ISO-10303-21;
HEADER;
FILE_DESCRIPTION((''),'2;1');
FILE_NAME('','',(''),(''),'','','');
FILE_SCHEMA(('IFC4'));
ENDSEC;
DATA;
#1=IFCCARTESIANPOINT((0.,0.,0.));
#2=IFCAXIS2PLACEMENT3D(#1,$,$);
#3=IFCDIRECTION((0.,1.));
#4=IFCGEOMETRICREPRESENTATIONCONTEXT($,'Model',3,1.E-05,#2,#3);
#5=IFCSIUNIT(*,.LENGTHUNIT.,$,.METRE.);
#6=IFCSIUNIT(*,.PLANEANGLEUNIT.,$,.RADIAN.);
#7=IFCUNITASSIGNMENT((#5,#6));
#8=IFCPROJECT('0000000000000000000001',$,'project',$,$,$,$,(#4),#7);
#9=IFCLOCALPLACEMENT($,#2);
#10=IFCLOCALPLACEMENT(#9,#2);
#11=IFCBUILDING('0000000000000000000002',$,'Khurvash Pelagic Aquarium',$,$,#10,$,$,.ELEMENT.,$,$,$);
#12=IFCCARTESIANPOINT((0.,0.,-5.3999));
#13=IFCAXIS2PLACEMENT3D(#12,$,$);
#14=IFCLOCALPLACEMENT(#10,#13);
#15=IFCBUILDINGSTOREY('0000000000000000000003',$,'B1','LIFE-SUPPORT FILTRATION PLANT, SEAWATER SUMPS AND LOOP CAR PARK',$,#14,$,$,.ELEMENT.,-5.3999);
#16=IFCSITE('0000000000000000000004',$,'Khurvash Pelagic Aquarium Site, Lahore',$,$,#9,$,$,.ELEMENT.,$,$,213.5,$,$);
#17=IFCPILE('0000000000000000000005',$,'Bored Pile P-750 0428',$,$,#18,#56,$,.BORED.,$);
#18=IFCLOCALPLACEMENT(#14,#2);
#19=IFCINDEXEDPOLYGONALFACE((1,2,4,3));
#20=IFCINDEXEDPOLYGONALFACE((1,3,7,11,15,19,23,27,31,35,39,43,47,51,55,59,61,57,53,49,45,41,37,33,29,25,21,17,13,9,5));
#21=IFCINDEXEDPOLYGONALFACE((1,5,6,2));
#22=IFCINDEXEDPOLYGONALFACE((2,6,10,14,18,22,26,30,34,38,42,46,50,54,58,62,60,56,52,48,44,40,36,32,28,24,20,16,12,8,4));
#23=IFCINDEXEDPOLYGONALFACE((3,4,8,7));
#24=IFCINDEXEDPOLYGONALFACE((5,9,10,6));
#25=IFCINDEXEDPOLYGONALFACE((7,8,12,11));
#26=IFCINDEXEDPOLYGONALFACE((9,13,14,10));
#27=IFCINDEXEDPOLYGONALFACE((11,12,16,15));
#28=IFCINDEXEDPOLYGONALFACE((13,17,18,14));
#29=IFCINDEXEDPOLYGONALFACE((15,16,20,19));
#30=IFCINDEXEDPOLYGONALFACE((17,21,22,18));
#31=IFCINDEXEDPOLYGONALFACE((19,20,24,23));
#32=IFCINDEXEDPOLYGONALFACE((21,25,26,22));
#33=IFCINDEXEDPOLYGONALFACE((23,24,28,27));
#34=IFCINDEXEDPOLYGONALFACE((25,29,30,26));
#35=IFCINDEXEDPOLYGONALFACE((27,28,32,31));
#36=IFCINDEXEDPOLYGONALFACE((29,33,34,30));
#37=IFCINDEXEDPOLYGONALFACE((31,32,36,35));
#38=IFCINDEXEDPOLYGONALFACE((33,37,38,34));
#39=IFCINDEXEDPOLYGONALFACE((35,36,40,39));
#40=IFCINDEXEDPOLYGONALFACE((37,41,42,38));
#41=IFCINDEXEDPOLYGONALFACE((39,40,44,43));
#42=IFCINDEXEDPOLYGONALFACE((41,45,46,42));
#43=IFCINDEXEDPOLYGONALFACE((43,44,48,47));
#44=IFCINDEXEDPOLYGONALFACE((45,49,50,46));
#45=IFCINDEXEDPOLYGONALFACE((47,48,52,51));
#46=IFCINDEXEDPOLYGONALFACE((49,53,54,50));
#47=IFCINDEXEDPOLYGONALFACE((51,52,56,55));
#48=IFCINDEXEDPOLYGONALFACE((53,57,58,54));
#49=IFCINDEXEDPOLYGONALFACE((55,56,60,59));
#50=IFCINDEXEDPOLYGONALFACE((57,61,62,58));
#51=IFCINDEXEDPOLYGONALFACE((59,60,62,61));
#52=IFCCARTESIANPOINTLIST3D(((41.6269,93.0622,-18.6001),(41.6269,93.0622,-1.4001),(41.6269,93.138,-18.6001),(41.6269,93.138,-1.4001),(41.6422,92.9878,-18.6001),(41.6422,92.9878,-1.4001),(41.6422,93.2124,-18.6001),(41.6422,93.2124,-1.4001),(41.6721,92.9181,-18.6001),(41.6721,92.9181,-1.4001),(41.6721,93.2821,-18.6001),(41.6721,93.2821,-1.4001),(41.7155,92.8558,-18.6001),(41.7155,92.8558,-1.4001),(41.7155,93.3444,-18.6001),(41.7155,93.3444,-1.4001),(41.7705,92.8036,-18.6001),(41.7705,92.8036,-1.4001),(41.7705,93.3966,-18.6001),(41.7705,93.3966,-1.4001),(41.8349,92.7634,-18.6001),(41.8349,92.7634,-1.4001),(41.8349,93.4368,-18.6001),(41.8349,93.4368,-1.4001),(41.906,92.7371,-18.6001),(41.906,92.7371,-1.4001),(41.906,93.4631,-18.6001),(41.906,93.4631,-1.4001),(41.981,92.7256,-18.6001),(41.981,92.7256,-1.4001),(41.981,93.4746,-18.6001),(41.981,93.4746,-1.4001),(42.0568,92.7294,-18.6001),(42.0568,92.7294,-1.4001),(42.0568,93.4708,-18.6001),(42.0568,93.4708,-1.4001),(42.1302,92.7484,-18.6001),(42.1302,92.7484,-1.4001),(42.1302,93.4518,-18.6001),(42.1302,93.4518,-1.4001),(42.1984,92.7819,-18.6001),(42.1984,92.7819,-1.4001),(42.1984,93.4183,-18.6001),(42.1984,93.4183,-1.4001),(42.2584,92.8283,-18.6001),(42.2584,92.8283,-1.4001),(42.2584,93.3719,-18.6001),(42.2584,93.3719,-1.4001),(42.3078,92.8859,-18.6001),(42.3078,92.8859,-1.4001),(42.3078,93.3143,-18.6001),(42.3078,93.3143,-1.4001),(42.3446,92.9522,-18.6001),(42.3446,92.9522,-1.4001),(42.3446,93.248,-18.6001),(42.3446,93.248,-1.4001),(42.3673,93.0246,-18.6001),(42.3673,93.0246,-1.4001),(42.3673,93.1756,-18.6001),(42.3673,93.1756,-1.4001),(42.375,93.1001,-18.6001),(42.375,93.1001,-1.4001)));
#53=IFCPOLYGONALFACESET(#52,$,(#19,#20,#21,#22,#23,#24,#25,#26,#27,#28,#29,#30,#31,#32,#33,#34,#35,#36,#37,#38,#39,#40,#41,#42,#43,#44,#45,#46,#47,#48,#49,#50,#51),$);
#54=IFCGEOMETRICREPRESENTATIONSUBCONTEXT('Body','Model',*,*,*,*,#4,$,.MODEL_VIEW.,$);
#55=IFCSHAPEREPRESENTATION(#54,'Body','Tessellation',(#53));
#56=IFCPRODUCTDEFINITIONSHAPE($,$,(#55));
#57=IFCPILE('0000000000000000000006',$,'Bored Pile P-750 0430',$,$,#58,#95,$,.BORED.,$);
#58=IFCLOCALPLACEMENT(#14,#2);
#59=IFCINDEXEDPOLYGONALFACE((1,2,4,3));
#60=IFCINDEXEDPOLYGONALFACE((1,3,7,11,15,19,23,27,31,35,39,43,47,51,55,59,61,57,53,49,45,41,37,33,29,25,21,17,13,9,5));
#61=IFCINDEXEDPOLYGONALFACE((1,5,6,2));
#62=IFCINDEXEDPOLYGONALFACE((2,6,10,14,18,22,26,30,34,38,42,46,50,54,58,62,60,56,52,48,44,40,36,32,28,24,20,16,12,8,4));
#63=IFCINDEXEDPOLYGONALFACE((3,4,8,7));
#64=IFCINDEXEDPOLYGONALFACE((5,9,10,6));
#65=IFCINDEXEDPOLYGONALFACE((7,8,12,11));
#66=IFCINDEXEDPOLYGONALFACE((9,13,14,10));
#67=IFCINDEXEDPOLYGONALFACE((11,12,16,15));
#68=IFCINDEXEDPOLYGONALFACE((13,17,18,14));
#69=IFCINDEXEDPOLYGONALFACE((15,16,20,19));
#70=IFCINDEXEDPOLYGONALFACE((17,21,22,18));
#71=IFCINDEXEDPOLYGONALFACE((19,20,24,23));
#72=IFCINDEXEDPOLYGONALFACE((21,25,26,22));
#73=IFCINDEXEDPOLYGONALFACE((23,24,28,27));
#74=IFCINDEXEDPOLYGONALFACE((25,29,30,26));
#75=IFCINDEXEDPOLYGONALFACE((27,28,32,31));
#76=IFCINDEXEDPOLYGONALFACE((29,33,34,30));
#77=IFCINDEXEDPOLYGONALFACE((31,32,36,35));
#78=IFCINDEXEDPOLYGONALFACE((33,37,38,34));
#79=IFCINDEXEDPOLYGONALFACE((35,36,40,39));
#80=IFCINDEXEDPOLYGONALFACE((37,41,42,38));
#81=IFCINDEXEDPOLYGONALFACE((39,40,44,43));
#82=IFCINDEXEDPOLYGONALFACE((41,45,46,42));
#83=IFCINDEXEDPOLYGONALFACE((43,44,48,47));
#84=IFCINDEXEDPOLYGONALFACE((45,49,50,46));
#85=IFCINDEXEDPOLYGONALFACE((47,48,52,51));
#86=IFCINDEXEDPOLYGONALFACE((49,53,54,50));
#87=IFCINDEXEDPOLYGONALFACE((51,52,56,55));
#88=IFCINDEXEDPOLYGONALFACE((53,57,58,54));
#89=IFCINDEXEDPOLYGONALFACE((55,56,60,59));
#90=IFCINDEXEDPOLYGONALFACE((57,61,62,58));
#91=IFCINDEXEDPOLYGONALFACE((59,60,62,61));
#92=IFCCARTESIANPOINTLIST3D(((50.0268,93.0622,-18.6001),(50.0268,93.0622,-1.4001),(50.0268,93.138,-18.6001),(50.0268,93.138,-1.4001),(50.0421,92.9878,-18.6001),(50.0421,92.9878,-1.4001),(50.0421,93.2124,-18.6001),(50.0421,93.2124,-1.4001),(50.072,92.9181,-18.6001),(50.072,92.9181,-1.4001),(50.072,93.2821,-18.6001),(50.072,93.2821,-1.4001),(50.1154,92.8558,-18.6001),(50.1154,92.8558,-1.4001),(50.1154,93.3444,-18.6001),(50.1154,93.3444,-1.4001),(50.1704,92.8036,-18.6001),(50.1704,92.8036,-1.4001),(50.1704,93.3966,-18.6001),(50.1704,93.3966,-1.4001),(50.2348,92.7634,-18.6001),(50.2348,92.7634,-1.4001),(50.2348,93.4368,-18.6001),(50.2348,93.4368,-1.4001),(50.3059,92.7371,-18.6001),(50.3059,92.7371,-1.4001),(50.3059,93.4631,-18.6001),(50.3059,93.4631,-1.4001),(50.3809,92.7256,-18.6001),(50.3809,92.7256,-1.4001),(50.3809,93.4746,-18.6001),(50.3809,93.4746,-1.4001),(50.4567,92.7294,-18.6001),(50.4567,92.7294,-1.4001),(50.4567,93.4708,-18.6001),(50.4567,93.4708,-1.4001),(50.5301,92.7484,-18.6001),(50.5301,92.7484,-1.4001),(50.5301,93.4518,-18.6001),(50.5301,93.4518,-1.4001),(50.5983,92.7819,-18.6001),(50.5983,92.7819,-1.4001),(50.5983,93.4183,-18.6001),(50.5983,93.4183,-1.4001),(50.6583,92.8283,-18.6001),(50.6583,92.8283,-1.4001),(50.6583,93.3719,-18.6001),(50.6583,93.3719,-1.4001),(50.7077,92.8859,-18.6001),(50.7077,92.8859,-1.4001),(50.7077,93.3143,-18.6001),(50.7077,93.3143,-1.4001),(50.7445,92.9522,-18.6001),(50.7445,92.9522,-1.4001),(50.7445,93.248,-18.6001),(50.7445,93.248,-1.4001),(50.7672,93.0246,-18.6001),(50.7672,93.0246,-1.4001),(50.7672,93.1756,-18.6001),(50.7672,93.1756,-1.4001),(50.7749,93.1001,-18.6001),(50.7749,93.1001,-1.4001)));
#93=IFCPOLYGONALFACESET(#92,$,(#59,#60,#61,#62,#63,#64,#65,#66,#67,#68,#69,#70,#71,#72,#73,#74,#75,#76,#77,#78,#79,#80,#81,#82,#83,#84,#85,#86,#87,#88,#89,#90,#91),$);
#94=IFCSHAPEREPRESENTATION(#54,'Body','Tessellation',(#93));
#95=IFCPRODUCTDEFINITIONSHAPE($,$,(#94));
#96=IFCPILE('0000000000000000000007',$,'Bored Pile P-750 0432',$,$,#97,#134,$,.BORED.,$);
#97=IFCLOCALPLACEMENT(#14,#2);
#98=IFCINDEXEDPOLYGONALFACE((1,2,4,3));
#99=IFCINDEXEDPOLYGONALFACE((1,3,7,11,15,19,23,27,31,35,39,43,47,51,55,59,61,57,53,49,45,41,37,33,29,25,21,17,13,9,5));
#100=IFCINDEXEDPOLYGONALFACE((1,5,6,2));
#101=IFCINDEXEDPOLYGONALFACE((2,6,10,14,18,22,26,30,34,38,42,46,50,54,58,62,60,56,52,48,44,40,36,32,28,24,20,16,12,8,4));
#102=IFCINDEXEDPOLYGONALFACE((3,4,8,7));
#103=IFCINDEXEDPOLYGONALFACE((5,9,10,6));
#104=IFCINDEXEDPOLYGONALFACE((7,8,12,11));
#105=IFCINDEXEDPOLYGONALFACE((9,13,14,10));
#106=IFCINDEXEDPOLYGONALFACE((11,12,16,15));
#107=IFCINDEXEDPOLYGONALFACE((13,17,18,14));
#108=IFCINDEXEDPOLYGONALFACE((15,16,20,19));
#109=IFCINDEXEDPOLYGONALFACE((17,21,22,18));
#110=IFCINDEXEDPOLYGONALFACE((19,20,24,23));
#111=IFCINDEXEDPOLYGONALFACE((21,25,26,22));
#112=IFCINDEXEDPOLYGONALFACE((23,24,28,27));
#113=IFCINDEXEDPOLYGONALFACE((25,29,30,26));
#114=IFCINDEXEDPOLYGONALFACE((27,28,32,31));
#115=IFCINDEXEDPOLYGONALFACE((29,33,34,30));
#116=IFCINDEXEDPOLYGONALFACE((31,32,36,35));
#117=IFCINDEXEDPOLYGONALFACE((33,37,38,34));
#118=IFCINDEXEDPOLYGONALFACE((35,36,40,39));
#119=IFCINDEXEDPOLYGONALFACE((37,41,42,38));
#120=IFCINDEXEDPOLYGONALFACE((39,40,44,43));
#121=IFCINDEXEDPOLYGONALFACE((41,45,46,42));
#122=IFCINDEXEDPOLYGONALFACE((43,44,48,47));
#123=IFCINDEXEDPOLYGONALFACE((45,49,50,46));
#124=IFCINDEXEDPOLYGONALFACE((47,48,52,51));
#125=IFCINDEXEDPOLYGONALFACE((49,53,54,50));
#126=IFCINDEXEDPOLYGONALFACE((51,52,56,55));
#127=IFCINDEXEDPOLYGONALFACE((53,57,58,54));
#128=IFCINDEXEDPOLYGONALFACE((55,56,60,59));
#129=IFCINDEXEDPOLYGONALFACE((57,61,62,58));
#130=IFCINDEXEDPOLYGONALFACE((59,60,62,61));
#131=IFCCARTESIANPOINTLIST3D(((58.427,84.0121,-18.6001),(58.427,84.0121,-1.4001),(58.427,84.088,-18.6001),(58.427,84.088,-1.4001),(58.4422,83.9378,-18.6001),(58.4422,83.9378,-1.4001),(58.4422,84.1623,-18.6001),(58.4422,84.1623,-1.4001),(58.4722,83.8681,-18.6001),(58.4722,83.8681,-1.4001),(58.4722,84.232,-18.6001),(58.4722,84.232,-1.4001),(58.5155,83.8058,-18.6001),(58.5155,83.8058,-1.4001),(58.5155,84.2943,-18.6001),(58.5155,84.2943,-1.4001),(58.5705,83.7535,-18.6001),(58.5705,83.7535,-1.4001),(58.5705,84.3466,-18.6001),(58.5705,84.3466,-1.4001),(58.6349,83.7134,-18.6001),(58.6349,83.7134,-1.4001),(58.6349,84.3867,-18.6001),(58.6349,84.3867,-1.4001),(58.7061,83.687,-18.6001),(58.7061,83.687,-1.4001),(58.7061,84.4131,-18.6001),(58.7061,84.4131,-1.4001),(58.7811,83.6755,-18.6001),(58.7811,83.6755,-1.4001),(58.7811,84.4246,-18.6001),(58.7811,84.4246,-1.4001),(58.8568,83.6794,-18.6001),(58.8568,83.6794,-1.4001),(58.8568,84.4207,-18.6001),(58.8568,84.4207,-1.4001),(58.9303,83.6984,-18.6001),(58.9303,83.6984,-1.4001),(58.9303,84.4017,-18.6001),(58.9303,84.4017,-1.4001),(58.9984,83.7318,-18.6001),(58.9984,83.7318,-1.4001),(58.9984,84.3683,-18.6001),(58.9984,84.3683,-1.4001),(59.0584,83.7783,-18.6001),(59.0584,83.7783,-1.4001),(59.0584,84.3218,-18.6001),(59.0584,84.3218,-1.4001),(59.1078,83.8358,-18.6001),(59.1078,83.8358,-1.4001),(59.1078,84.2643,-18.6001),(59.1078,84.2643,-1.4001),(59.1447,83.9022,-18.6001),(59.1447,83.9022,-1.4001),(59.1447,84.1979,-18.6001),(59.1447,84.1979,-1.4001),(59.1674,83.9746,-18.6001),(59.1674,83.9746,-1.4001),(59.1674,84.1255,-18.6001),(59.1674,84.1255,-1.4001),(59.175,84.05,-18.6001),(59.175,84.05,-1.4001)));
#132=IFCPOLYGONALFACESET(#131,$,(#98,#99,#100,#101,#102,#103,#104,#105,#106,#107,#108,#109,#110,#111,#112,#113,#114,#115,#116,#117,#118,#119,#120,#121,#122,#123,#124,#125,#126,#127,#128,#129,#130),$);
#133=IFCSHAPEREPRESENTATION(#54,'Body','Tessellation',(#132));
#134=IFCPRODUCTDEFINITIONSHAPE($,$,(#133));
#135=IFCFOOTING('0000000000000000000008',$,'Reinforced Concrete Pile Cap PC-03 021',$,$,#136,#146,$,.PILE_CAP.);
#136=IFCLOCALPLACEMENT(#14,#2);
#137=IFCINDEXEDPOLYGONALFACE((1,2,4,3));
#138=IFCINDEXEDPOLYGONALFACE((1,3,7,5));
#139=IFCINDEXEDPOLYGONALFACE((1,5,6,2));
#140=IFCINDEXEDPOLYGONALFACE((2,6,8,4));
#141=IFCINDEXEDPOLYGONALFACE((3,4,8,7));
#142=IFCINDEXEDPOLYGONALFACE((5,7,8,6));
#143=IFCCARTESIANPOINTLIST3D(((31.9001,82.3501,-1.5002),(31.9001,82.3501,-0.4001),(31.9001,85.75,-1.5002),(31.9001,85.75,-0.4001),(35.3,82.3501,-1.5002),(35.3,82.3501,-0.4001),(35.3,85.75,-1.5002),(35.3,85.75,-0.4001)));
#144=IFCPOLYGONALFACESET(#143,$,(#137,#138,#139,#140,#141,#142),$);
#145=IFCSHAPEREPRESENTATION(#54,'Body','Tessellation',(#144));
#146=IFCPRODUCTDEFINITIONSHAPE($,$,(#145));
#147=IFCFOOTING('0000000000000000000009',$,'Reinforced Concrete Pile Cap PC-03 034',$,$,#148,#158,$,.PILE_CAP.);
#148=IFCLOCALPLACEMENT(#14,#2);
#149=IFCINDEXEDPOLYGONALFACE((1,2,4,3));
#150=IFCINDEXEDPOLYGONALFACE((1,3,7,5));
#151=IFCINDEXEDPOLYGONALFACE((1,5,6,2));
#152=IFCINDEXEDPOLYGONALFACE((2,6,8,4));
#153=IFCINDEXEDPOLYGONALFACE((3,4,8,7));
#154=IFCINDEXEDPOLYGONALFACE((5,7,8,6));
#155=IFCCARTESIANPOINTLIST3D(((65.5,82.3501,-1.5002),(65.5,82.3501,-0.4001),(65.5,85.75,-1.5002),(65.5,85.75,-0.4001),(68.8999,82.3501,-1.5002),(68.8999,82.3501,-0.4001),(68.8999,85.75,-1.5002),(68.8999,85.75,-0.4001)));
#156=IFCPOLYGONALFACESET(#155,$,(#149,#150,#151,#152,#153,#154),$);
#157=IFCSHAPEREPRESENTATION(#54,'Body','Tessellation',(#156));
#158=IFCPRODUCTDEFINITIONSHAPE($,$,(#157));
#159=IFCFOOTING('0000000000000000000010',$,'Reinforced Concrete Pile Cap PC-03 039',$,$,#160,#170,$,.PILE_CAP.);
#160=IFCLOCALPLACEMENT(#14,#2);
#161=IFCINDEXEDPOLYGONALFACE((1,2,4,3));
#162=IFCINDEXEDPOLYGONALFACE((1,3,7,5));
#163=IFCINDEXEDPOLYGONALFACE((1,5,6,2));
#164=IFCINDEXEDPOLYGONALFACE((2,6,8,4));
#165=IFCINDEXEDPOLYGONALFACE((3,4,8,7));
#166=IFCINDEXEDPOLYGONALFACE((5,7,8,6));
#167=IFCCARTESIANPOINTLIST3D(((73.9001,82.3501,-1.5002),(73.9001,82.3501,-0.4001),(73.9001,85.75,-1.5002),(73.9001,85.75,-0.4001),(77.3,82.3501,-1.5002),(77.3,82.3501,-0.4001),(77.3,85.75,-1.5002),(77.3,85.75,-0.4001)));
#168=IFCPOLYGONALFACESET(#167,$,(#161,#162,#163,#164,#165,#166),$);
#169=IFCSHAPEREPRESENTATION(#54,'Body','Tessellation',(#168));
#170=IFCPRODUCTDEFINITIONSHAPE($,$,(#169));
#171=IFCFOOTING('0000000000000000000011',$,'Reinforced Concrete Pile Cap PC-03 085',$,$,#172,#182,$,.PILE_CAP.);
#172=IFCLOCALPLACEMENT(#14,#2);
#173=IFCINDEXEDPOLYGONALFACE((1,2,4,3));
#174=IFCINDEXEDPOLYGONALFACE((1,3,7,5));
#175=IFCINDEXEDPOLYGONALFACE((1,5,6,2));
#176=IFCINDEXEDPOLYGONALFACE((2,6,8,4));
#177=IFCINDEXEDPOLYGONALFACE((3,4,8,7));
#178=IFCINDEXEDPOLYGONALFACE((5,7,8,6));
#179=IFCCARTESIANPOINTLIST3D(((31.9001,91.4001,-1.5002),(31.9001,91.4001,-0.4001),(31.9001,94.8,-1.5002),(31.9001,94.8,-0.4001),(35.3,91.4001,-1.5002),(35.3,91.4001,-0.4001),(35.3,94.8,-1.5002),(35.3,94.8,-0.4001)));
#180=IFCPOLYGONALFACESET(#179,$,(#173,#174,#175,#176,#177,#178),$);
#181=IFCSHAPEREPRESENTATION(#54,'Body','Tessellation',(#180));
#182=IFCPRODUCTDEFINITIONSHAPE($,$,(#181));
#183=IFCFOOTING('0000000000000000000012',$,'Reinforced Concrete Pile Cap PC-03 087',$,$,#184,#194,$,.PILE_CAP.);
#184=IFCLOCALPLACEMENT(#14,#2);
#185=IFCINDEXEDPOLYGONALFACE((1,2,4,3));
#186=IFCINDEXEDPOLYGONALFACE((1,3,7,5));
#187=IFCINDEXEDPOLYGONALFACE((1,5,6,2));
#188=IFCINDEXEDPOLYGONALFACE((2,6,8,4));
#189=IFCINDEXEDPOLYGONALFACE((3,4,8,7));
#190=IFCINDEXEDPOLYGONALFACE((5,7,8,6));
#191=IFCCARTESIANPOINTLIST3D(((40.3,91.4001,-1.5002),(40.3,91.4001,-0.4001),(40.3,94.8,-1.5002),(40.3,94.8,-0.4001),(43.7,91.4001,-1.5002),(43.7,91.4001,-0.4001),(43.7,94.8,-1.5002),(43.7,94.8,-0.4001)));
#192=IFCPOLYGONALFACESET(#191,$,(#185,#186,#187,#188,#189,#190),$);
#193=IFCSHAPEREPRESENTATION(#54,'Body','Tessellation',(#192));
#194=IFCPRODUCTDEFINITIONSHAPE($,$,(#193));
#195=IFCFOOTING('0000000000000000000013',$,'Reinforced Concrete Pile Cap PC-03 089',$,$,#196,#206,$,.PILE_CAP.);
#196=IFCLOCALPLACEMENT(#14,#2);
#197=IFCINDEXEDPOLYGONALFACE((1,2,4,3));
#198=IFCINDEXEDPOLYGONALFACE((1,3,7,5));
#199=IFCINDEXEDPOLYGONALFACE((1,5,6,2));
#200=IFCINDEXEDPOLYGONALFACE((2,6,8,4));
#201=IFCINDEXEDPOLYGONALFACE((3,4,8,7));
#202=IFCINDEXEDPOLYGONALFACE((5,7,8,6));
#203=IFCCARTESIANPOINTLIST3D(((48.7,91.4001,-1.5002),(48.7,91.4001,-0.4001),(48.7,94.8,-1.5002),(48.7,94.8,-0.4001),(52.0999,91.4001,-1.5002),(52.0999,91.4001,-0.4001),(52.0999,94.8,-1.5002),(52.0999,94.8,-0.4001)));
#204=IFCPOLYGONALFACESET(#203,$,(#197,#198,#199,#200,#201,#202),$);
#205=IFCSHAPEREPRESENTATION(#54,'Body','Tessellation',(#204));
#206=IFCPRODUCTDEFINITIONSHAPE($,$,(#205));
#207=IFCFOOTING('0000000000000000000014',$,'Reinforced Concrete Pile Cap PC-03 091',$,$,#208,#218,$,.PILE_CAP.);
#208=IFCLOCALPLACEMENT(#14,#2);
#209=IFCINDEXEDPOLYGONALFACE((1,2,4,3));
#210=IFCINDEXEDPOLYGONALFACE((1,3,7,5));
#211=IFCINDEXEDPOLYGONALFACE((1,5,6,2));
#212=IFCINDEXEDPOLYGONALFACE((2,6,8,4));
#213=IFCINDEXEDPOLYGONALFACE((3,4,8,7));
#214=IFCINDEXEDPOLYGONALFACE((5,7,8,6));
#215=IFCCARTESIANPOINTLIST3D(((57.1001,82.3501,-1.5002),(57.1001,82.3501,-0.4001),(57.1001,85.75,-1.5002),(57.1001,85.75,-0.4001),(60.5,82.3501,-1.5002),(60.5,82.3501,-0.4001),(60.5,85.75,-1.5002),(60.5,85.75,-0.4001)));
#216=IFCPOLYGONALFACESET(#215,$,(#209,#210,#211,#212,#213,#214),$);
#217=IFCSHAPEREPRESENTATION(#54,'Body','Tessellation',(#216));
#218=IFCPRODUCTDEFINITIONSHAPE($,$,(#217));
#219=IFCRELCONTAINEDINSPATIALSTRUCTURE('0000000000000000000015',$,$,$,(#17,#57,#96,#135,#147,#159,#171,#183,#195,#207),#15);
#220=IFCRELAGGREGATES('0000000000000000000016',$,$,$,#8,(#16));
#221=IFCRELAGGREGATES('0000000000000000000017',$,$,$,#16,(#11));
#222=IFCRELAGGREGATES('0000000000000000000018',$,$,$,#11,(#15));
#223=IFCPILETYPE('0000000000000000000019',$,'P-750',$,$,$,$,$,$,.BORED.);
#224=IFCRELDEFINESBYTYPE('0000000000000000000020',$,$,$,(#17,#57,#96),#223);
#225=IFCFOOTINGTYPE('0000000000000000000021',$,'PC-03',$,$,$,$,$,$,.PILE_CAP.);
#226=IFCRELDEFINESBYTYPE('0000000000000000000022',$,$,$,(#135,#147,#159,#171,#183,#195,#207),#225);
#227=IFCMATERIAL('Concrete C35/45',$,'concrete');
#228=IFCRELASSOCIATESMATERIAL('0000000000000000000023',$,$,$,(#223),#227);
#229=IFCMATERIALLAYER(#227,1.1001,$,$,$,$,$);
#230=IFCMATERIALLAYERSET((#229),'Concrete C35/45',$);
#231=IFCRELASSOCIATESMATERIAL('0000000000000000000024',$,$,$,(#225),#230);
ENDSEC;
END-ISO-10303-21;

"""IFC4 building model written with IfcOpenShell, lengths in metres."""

from ifc_helpers import new_model, si_unit, direction, frame, origin, origin_2d, place, context, subcontext, project, spatial, rectangle, circle, extrude, material, layer, layer_set, material_profile, profile_set, type_object, element, save


model = new_model("IFC4")

# Units and contexts
model_context = context("Model", 3, precision=1e-05, world=origin(), true_north=direction((0.0, 1.0)))
body_context = subcontext(model_context, "Body", "Model", "MODEL_VIEW")
ifc_project = project(units=[si_unit("LENGTHUNIT", "METRE"), si_unit("PLANEANGLEUNIT", "RADIAN")], contexts=[model_context])

# Site, building, storey
site_placement = place(None, origin())
site = spatial("IfcSite", under=ifc_project, at=site_placement, Name="Khurvash Pelagic Aquarium Site, Lahore", CompositionType="ELEMENT", RefElevation=213.5)
building_placement = place(site_placement, origin())
building = spatial("IfcBuilding", under=site, at=building_placement, Name="Khurvash Pelagic Aquarium", CompositionType="ELEMENT")
storey_placement = place(building_placement, frame((0.0, 0.0, -5.3999)))
storey = spatial("IfcBuildingStorey", under=building, at=storey_placement, Name="B1", Description="LIFE-SUPPORT FILTRATION PLANT, SEAWATER SUMPS AND LOOP CAR PARK", CompositionType="ELEMENT", Elevation=-5.3999)

# Shared definitions
ifc_material_1 = material(Name="Concrete C35/45", Category="concrete")

# Piles
ifc_material_profile_1 = material_profile(ifc_material_1, circle(Radius=0.375, at=origin_2d()), Name="PILE750")
ifc_profile_set_1 = profile_set([ifc_material_profile_1], Name="Concrete C35/45")
pile_type = type_object("IfcPileType", Name="P-750", PredefinedType="BORED", material=ifc_profile_set_1)
for number, where, z_axis, x_axis, name in (
    (1, (42.0, 93.1001, -1.4001), (0.0, 0.0, -1.0), (1.0, 0.0, 0.0), "Bored Pile P-750 0428"),
    (2, (50.3999, 93.1001, -1.4001), (0.0, 0.0, -1.0), (1.0, 0.0, 0.0), "Bored Pile P-750 0430"),
    (3, (58.8, 84.05, -1.4001), (0.0, 0.0, -1.0), (1.0, 0.0, 0.0), "Bored Pile P-750 0432"),
):
    element("IfcPile", number, at=place(storey_placement, frame(where, z_axis=z_axis, x_axis=x_axis)), inside=storey, type_object=pile_type, Name=name, PredefinedType="BORED", context=body_context, shape_type="SweptSolid", body=[
        extrude(circle(Radius=0.375, at=origin_2d()), origin(), (0.0, 0.0, 1.0), 17.2),
    ])

# Footings
ifc_layer_1 = layer(ifc_material_1, 1.1001)
ifc_layer_set_1 = layer_set([ifc_layer_1], Name="Concrete C35/45")
footing_type_1 = type_object("IfcFootingType", Name="PC-03", PredefinedType="PILE_CAP", material=ifc_layer_set_1)
for number, where, z_axis, x_axis, name in (
    (4, (33.6001, 84.05, -1.5002), (0.0, 0.0, 1.0), (1.0, 0.0, 0.0), "Reinforced Concrete Pile Cap PC-03 021"),
    (5, (67.2, 84.05, -1.5002), (0.0, 0.0, 1.0), (1.0, 0.0, 0.0), "Reinforced Concrete Pile Cap PC-03 034"),
    (6, (75.6001, 84.05, -1.5002), (0.0, 0.0, 1.0), (1.0, 0.0, 0.0), "Reinforced Concrete Pile Cap PC-03 039"),
    (7, (33.6001, 93.1001, -1.5002), (0.0, 0.0, 1.0), (1.0, 0.0, 0.0), "Reinforced Concrete Pile Cap PC-03 085"),
    (8, (42.0, 93.1001, -1.5002), (0.0, 0.0, 1.0), (1.0, 0.0, 0.0), "Reinforced Concrete Pile Cap PC-03 087"),
    (9, (50.3999, 93.1001, -1.5002), (0.0, 0.0, 1.0), (1.0, 0.0, 0.0), "Reinforced Concrete Pile Cap PC-03 089"),
    (10, (58.8, 84.05, -1.5002), (0.0, 0.0, 1.0), (1.0, 0.0, 0.0), "Reinforced Concrete Pile Cap PC-03 091"),
):
    element("IfcFooting", number, at=place(storey_placement, frame(where, z_axis=z_axis, x_axis=x_axis)), inside=storey, type_object=footing_type_1, Name=name, PredefinedType="PILE_CAP", context=body_context, shape_type="SweptSolid", body=[
        extrude(rectangle(XDim=3.3999, YDim=3.3999, at=origin_2d()), origin(), (0.0, 0.0, 1.0), 1.1001),
    ])

save(model, "model.ifc")
